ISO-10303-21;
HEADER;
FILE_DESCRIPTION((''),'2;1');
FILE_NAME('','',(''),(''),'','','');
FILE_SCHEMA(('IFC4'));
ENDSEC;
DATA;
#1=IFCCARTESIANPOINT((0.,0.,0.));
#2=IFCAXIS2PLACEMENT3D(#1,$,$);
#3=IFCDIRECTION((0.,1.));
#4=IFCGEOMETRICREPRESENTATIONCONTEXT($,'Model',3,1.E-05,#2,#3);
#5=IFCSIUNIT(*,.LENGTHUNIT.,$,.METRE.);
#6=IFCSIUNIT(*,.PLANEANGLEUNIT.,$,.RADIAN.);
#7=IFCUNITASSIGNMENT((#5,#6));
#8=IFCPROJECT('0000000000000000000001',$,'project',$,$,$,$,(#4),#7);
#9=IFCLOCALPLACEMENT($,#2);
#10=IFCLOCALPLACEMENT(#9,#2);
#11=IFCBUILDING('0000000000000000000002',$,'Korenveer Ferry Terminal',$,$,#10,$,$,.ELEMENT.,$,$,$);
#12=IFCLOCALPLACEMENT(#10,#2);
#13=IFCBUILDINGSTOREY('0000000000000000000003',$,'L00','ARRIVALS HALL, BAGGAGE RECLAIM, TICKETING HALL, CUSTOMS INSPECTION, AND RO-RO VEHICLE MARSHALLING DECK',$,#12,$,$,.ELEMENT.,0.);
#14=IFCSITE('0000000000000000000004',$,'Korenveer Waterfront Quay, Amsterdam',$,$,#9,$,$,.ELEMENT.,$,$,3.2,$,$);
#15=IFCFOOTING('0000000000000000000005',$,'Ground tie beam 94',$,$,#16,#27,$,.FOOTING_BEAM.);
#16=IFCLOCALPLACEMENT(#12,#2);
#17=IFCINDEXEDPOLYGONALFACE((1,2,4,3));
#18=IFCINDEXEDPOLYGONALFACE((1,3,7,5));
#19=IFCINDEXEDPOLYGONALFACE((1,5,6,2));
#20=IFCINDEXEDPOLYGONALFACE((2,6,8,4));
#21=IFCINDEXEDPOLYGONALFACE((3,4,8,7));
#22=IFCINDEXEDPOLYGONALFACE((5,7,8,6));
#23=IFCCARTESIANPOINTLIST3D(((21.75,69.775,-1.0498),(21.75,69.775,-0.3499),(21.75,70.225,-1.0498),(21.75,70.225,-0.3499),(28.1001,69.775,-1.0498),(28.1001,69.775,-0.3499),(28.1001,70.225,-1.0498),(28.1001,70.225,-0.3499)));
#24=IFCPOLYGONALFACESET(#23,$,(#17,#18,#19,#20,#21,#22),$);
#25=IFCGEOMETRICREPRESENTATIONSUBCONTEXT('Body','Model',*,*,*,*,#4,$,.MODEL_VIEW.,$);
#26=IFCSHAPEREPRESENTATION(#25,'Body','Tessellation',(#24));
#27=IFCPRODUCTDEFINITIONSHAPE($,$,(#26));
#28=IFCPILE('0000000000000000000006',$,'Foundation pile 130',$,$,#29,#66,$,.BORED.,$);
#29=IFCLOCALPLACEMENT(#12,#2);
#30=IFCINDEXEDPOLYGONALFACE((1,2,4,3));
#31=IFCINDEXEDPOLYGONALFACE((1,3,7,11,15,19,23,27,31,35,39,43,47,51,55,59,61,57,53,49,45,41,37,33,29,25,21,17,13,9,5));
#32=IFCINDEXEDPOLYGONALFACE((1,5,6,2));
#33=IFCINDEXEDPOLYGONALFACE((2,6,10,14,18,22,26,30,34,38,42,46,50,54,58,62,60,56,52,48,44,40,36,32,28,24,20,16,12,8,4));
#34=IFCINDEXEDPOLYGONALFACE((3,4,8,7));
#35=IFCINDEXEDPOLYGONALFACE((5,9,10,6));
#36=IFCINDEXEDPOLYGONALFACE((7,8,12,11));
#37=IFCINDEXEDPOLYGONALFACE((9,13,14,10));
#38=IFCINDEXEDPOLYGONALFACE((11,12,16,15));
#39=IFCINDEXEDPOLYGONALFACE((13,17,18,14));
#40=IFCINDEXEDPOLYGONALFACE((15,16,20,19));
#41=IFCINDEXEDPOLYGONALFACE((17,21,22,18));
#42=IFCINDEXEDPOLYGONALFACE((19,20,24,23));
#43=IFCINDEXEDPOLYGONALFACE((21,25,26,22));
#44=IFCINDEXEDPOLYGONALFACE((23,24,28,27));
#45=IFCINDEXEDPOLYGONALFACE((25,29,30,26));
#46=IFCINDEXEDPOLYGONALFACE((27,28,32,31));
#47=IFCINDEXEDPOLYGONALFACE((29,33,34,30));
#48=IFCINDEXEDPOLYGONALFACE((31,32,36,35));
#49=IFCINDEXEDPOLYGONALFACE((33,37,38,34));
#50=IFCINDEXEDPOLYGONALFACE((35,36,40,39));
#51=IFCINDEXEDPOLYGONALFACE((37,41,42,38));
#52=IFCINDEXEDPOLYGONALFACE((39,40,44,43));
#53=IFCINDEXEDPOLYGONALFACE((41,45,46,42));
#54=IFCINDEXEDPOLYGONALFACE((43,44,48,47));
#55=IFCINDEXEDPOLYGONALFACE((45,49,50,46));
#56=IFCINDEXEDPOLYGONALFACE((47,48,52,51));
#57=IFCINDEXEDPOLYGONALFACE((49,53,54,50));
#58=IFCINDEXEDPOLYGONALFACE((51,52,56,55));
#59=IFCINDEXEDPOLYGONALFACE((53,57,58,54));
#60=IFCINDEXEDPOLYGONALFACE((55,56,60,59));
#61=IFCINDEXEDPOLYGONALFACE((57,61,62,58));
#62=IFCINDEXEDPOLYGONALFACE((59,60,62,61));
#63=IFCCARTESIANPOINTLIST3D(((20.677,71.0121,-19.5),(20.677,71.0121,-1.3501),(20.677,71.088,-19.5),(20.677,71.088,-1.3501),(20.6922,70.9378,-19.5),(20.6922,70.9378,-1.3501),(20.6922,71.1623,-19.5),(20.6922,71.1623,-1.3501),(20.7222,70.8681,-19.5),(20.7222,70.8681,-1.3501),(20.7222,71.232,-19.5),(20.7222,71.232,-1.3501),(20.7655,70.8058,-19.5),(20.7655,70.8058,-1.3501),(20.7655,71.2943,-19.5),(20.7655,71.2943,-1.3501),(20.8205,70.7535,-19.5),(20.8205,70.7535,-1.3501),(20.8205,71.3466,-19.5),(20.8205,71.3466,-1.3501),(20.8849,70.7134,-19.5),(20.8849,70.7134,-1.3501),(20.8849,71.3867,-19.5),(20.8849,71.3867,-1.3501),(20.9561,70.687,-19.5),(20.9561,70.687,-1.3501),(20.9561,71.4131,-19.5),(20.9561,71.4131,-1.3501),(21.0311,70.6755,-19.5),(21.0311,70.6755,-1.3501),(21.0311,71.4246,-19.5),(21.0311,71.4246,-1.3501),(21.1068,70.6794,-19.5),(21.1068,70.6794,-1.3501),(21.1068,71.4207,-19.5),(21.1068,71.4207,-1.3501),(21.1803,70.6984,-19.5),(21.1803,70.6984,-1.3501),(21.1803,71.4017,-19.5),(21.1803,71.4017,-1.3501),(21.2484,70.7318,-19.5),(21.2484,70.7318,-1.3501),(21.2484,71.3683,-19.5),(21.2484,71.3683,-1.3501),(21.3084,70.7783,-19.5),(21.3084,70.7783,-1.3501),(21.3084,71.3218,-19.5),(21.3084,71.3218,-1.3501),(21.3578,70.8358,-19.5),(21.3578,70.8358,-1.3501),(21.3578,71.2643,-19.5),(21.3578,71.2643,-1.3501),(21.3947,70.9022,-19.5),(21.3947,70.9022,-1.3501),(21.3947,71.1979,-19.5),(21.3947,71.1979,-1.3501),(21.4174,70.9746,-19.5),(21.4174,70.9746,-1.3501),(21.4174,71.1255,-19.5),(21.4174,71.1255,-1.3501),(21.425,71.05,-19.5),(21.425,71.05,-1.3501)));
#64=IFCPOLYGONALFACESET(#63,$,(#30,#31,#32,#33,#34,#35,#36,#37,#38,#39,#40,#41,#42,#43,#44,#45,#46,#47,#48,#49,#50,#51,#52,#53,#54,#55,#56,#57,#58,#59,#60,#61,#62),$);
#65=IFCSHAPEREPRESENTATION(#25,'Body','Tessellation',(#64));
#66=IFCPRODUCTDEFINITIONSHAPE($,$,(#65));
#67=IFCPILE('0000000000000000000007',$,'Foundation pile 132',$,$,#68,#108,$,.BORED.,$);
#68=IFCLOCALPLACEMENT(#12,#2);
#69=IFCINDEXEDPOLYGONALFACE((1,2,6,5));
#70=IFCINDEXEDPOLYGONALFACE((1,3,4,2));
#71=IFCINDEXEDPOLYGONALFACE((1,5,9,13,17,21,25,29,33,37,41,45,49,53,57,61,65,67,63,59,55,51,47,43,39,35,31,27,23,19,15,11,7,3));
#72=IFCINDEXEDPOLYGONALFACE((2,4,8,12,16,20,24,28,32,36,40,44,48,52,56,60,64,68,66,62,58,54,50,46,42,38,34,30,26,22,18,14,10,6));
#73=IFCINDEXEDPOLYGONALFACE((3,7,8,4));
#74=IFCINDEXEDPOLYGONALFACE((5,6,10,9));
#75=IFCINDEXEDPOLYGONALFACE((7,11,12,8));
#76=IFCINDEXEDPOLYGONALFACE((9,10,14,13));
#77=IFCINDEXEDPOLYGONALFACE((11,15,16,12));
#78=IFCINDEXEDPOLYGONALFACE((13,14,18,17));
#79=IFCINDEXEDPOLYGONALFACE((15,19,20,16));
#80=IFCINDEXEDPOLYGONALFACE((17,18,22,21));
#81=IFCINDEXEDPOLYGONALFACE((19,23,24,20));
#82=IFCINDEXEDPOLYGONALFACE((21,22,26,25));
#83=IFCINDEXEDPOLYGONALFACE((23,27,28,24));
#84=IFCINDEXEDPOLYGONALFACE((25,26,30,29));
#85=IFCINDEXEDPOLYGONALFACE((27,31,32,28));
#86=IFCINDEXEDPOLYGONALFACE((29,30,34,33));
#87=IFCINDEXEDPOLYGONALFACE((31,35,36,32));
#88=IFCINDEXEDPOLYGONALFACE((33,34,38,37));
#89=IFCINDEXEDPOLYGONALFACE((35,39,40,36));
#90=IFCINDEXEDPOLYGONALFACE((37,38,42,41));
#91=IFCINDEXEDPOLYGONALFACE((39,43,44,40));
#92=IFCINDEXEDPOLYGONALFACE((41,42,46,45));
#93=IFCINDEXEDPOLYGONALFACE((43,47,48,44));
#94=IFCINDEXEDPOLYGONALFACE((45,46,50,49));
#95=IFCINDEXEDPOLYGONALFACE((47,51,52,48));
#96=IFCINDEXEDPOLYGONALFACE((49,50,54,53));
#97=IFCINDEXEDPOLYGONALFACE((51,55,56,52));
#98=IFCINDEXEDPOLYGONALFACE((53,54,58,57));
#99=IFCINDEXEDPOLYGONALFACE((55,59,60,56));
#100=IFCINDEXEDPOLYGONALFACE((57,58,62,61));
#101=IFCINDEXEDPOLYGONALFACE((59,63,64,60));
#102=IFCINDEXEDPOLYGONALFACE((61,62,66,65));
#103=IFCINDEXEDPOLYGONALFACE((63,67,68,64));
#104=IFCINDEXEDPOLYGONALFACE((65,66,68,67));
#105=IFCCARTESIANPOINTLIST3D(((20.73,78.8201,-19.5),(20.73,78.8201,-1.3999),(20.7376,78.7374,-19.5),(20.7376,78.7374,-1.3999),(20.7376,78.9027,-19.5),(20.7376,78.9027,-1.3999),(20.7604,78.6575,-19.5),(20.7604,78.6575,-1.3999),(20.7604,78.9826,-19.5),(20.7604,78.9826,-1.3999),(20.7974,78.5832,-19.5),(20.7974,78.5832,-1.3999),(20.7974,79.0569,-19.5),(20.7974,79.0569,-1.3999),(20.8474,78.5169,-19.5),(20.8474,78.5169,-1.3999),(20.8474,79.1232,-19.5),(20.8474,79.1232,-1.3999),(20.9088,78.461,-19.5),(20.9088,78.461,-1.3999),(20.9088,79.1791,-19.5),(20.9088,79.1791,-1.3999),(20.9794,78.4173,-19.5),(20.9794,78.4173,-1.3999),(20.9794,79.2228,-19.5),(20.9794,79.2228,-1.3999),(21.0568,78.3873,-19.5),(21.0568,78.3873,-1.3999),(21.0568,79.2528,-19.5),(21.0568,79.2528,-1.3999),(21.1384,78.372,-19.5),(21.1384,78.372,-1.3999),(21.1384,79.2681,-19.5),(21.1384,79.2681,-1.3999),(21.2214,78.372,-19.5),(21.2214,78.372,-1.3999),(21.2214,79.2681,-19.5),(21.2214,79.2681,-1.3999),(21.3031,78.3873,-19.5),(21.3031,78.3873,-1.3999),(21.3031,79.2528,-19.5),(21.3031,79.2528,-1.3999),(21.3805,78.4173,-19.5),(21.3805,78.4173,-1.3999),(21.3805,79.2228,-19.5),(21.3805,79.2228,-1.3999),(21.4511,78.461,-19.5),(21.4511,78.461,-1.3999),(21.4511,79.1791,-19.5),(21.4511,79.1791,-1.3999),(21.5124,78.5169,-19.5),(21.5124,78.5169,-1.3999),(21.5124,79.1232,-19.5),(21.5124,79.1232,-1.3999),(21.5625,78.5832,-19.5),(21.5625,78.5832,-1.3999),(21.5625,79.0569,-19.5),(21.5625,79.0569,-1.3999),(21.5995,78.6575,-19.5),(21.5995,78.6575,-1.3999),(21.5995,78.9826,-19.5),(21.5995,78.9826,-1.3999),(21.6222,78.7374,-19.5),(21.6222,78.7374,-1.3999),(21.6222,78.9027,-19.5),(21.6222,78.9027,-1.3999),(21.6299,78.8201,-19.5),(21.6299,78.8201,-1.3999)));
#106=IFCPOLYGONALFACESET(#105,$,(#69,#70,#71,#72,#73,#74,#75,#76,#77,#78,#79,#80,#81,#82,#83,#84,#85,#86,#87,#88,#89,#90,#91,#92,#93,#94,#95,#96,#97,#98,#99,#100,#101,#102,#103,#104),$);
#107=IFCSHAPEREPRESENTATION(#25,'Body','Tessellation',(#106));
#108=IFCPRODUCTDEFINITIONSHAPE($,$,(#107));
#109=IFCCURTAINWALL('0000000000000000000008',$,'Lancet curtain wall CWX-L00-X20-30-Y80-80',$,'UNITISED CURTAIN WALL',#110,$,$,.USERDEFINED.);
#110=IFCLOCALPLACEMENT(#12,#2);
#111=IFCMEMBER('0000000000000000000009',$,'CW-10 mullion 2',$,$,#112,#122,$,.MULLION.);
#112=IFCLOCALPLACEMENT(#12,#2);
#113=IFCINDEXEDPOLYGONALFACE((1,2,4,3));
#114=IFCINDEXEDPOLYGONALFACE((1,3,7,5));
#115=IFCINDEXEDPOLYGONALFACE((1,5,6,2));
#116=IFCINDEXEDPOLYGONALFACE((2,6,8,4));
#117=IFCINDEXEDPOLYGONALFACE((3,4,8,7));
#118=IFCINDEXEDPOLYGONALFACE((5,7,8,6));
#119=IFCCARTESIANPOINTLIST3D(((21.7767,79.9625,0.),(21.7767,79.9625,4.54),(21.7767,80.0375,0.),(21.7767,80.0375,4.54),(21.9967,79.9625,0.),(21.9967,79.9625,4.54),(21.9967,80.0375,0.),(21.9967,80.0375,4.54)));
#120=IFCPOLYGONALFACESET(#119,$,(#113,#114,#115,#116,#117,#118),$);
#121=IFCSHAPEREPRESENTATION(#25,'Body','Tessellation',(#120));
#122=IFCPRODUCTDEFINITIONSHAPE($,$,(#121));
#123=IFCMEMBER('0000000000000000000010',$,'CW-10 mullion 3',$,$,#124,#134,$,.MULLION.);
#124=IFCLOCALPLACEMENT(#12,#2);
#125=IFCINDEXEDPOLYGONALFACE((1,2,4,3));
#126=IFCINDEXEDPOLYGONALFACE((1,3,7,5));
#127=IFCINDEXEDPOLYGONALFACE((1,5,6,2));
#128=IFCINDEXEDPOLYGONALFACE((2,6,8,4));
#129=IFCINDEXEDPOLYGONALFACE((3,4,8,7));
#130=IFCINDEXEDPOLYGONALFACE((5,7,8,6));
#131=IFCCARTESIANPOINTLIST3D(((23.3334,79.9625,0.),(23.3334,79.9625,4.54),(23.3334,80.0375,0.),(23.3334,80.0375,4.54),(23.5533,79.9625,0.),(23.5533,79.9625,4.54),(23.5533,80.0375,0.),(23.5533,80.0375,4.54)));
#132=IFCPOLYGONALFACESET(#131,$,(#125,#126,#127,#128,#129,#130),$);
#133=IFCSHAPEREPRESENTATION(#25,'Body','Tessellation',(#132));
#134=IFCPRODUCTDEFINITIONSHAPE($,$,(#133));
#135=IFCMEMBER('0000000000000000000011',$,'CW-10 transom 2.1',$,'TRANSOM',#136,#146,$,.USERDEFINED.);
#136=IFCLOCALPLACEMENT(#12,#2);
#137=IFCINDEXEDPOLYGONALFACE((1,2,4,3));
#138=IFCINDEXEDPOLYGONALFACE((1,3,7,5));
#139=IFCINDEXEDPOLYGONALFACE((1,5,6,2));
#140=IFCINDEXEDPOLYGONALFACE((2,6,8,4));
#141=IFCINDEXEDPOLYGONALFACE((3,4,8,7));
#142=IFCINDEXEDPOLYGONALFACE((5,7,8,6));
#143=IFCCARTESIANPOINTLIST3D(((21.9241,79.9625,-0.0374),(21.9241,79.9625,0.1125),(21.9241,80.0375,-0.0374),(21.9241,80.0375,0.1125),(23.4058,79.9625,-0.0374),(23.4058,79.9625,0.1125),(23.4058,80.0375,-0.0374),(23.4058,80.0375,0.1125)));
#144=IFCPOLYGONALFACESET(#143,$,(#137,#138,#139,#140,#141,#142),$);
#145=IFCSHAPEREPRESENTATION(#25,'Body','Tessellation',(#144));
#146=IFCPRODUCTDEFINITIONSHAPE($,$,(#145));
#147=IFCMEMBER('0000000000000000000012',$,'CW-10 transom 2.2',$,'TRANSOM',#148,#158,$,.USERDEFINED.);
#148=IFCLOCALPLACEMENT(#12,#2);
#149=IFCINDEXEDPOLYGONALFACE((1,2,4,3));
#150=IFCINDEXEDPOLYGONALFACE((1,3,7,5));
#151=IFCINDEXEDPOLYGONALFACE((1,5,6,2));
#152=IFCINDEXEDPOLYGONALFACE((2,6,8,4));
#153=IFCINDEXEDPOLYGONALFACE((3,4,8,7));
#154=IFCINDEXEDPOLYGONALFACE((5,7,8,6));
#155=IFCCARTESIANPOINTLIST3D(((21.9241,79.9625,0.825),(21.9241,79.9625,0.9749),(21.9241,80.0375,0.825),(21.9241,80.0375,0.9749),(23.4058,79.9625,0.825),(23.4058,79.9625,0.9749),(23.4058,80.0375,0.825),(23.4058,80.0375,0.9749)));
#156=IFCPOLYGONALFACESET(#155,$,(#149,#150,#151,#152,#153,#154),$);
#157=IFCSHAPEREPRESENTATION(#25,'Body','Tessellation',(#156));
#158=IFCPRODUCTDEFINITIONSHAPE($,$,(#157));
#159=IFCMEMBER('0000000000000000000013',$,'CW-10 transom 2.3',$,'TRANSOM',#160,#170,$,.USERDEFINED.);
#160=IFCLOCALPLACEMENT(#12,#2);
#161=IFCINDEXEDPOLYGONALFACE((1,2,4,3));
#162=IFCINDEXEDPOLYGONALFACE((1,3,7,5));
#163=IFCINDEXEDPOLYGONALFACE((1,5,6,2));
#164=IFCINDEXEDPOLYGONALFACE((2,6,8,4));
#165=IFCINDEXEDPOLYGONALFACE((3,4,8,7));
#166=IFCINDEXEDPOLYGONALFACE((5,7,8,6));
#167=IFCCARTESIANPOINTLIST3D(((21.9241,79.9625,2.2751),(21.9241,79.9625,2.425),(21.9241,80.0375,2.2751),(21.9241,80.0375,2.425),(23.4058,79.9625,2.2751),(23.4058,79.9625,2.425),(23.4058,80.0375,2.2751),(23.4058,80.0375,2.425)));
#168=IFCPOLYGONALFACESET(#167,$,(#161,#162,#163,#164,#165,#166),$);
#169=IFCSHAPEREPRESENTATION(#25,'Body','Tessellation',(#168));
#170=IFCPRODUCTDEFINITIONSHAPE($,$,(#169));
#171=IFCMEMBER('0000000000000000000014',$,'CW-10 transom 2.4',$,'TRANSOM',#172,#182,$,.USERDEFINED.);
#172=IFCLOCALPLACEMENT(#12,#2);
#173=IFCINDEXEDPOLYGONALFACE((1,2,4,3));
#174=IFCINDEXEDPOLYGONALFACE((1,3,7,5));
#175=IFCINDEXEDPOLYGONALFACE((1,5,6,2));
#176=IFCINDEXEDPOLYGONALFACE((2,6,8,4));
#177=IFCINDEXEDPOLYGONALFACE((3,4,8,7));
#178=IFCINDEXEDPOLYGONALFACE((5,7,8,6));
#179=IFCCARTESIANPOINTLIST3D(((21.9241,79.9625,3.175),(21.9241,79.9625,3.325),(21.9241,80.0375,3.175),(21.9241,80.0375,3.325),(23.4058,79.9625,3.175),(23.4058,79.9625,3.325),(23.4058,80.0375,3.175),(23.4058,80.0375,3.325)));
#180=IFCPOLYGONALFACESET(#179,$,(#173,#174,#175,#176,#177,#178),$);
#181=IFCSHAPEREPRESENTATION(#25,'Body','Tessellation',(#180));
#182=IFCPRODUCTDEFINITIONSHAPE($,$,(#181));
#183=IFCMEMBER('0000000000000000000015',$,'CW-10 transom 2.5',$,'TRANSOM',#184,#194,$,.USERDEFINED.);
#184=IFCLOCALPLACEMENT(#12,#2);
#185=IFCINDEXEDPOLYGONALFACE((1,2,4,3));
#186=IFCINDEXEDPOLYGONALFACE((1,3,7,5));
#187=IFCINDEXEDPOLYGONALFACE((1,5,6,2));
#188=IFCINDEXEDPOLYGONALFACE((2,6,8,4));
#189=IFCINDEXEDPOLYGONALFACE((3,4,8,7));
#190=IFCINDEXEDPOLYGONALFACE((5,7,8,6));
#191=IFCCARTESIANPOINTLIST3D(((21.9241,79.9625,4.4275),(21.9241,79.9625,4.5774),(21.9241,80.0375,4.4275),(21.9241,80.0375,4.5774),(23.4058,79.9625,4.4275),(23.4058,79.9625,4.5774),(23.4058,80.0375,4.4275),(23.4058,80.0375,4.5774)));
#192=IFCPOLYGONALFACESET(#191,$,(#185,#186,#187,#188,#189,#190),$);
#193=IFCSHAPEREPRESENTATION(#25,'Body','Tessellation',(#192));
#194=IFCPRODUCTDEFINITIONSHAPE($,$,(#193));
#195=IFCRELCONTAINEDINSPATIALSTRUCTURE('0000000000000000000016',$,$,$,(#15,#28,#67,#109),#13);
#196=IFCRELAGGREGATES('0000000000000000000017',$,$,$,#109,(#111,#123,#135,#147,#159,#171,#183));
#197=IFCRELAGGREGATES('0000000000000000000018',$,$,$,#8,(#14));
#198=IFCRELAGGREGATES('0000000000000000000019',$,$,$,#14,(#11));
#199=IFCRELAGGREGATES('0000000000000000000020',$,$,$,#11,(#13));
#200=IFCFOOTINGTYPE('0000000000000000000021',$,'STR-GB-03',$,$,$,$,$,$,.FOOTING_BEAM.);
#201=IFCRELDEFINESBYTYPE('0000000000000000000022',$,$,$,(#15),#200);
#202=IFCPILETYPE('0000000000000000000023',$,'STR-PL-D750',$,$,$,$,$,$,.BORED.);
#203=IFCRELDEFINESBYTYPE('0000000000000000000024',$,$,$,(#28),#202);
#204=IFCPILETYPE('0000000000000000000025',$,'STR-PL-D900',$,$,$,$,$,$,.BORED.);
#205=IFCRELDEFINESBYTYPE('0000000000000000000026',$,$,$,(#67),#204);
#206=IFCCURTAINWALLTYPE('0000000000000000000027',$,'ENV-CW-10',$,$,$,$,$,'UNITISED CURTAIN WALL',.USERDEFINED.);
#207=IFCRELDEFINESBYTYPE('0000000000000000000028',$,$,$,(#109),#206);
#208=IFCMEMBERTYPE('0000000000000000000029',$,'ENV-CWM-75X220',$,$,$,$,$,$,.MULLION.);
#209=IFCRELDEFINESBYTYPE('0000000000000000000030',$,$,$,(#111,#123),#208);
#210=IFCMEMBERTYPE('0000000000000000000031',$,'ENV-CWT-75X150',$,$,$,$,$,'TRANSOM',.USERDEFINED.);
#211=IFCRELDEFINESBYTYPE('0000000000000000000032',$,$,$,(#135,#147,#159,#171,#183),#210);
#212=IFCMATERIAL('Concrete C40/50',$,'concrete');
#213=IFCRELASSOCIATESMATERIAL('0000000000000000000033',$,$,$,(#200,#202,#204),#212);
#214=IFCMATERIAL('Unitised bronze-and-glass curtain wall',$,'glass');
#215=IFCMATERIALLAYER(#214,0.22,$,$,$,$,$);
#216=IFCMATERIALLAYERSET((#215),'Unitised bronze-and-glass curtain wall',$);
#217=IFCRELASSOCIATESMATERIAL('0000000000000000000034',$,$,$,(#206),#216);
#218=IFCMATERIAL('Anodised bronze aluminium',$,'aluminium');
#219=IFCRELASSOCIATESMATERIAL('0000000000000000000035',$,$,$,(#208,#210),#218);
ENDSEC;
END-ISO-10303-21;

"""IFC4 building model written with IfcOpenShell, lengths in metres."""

from ifc_helpers import new_model, si_unit, direction, frame, origin, origin_2d, place, context, subcontext, project, spatial, rectangle, circle, extrude, material, layer, layer_set, material_profile, profile_set, type_object, element, aggregate, save


model = new_model("IFC4")

# Units and contexts
model_context = context("Model", 3, precision=1e-05, world=origin(), true_north=direction((0.0, 1.0)))
body_context = subcontext(model_context, "Body", "Model", "MODEL_VIEW")
ifc_project = project(units=[si_unit("LENGTHUNIT", "METRE"), si_unit("PLANEANGLEUNIT", "RADIAN")], contexts=[model_context])

# Site, building, storey
site_placement = place(None, origin())
site = spatial("IfcSite", under=ifc_project, at=site_placement, Name="Korenveer Waterfront Quay, Amsterdam", CompositionType="ELEMENT", RefElevation=3.2)
building_placement = place(site_placement, origin())
building = spatial("IfcBuilding", under=site, at=building_placement, Name="Korenveer Ferry Terminal", CompositionType="ELEMENT")
storey_placement = place(building_placement, origin())
storey = spatial("IfcBuildingStorey", under=building, at=storey_placement, Name="L00", Description="ARRIVALS HALL, BAGGAGE RECLAIM, TICKETING HALL, CUSTOMS INSPECTION, AND RO-RO VEHICLE MARSHALLING DECK", CompositionType="ELEMENT", Elevation=0.0)

# Footing
ifc_material_1 = material(Name="Concrete C40/50", Category="concrete")
footing_type = type_object("IfcFootingType", Name="STR-GB-03", PredefinedType="FOOTING_BEAM", material=ifc_material_1)
footing_placement = place(storey_placement, frame((24.925, 70.0, -1.0498), z_axis=(0.0, 0.0, 1.0), x_axis=(1.0, 0.0, 0.0)))
element("IfcFooting", 1, at=footing_placement, inside=storey, type_object=footing_type, Name="Ground tie beam 94", PredefinedType="FOOTING_BEAM", context=body_context, shape_type="SweptSolid", body=[
    extrude(rectangle(XDim=6.3501, YDim=0.45, at=origin_2d()), origin(), (0.0, 0.0, 1.0), 0.7),
])

# Piles
ifc_material_profile_1 = material_profile(ifc_material_1, circle(Radius=0.375, at=origin_2d()), Name="PILE D750")
ifc_profile_set_1 = profile_set([ifc_material_profile_1], Name="Concrete C40/50")
pile_type_1 = type_object("IfcPileType", Name="STR-PL-D750", PredefinedType="BORED", material=ifc_profile_set_1)
pile_1_placement = place(storey_placement, frame((21.05, 71.05, -1.3501), z_axis=(0.0, 0.0, -1.0), x_axis=(1.0, 0.0, 0.0)))
element("IfcPile", 2, at=pile_1_placement, inside=storey, type_object=pile_type_1, Name="Foundation pile 130", PredefinedType="BORED", context=body_context, shape_type="SweptSolid", body=[
    extrude(circle(Radius=0.375, at=origin_2d()), origin(), (0.0, 0.0, 1.0), 18.1499),
])
ifc_material_profile_2 = material_profile(ifc_material_1, circle(Radius=0.45, at=origin_2d()), Name="PILE D900")
ifc_profile_set_2 = profile_set([ifc_material_profile_2], Name="Concrete C40/50")
pile_type_2 = type_object("IfcPileType", Name="STR-PL-D900", PredefinedType="BORED", material=ifc_profile_set_2)
pile_2_placement = place(storey_placement, frame((21.1799, 78.8201, -1.3999), z_axis=(0.0, 0.0, -1.0), x_axis=(1.0, 0.0, 0.0)))
element("IfcPile", 3, at=pile_2_placement, inside=storey, type_object=pile_type_2, Name="Foundation pile 132", PredefinedType="BORED", context=body_context, shape_type="SweptSolid", body=[
    extrude(circle(Radius=0.45, at=origin_2d()), origin(), (0.0, 0.0, 1.0), 18.1001),
])

# Curtain wall, members
ifc_material_2 = material(Name="Unitised bronze-and-glass curtain wall", Category="glass")
ifc_layer_1 = layer(ifc_material_2, 0.22)
ifc_layer_set_1 = layer_set([ifc_layer_1], Name="Unitised bronze-and-glass curtain wall")
curtain_wall_type = type_object("IfcCurtainWallType", Name="ENV-CW-10", ElementType="UNITISED CURTAIN WALL", PredefinedType="USERDEFINED", material=ifc_layer_set_1)
curtain_wall_placement = place(storey_placement, frame((20.3301, 80.0, 0.0)))
curtain_wall = element("IfcCurtainWall", 4, at=curtain_wall_placement, inside=storey, type_object=curtain_wall_type, Name="Lancet curtain wall CWX-L00-X20-30-Y80-80", ObjectType="UNITISED CURTAIN WALL", PredefinedType="USERDEFINED")
ifc_material_3 = material(Name="Anodised bronze aluminium", Category="aluminium")
ifc_material_profile_3 = material_profile(ifc_material_3, rectangle(XDim=0.075, YDim=0.22, at=origin_2d()), Name="ALU 75x220")
ifc_profile_set_3 = profile_set([ifc_material_profile_3], Name="Anodised bronze aluminium")
member_type_1 = type_object("IfcMemberType", Name="ENV-CWM-75X220", PredefinedType="MULLION", material=ifc_profile_set_3)
member_1_placement = place(storey_placement, frame((21.8867, 80.0, 0.0), z_axis=(0.0, 0.0, 1.0), x_axis=(0.0, 1.0, 0.0)))
member_1 = element("IfcMember", 5, at=member_1_placement, type_object=member_type_1, Name="CW-10 mullion 2", PredefinedType="MULLION", context=body_context, shape_type="SweptSolid", body=[
    extrude(rectangle(XDim=0.075, YDim=0.22, at=origin_2d()), origin(), (0.0, 0.0, 1.0), 4.54),
])
member_2_placement = place(storey_placement, frame((23.4434, 80.0, 0.0), z_axis=(0.0, 0.0, 1.0), x_axis=(0.0, 1.0, 0.0)))
member_2 = element("IfcMember", 6, at=member_2_placement, type_object=member_type_1, Name="CW-10 mullion 3", PredefinedType="MULLION", context=body_context, shape_type="SweptSolid", body=[
    extrude(rectangle(XDim=0.075, YDim=0.22, at=origin_2d()), origin(), (0.0, 0.0, 1.0), 4.54),
])
ifc_material_profile_4 = material_profile(ifc_material_3, rectangle(XDim=0.075, YDim=0.1499, at=origin_2d()), Name="ALU 75x150")
ifc_profile_set_4 = profile_set([ifc_material_profile_4], Name="Anodised bronze aluminium")
member_type_2 = type_object("IfcMemberType", Name="ENV-CWT-75X150", ElementType="TRANSOM", PredefinedType="USERDEFINED", material=ifc_profile_set_4)
member_3_placement = place(storey_placement, frame((21.9241, 80.0, 0.0376), z_axis=(1.0, 0.0, 0.0), x_axis=(0.0, 1.0, 0.0)))
member_3 = element("IfcMember", 7, at=member_3_placement, type_object=member_type_2, Name="CW-10 transom 2.1", ObjectType="TRANSOM", PredefinedType="USERDEFINED", context=body_context, shape_type="SweptSolid", body=[
    extrude(rectangle(XDim=0.075, YDim=0.1499, at=origin_2d()), origin(), (0.0, 0.0, 1.0), 1.4817),
])
member_4_placement = place(storey_placement, frame((21.9241, 80.0, 0.8999), z_axis=(1.0, 0.0, 0.0), x_axis=(0.0, 1.0, 0.0)))
member_4 = element("IfcMember", 8, at=member_4_placement, type_object=member_type_2, Name="CW-10 transom 2.2", ObjectType="TRANSOM", PredefinedType="USERDEFINED", context=body_context, shape_type="SweptSolid", body=[
    extrude(rectangle(XDim=0.075, YDim=0.1499, at=origin_2d()), origin(), (0.0, 0.0, 1.0), 1.4817),
])
member_5_placement = place(storey_placement, frame((21.9241, 80.0, 2.3501), z_axis=(1.0, 0.0, 0.0), x_axis=(0.0, 1.0, 0.0)))
member_5 = element("IfcMember", 9, at=member_5_placement, type_object=member_type_2, Name="CW-10 transom 2.3", ObjectType="TRANSOM", PredefinedType="USERDEFINED", context=body_context, shape_type="SweptSolid", body=[
    extrude(rectangle(XDim=0.075, YDim=0.1499, at=origin_2d()), origin(), (0.0, 0.0, 1.0), 1.4817),
])
member_6_placement = place(storey_placement, frame((21.9241, 80.0, 3.25), z_axis=(1.0, 0.0, 0.0), x_axis=(0.0, 1.0, 0.0)))
member_6 = element("IfcMember", 10, at=member_6_placement, type_object=member_type_2, Name="CW-10 transom 2.4", ObjectType="TRANSOM", PredefinedType="USERDEFINED", context=body_context, shape_type="SweptSolid", body=[
    extrude(rectangle(XDim=0.075, YDim=0.1499, at=origin_2d()), origin(), (0.0, 0.0, 1.0), 1.4817),
])
member_7_placement = place(storey_placement, frame((21.9241, 80.0, 4.5024), z_axis=(1.0, 0.0, 0.0), x_axis=(0.0, 1.0, 0.0)))
member_7 = element("IfcMember", 11, at=member_7_placement, type_object=member_type_2, Name="CW-10 transom 2.5", ObjectType="TRANSOM", PredefinedType="USERDEFINED", context=body_context, shape_type="SweptSolid", body=[
    extrude(rectangle(XDim=0.075, YDim=0.1499, at=origin_2d()), origin(), (0.0, 0.0, 1.0), 1.4817),
])

aggregate(curtain_wall, [member_1, member_2, member_3, member_4, member_5, member_6, member_7])

save(model, "model.ifc")
